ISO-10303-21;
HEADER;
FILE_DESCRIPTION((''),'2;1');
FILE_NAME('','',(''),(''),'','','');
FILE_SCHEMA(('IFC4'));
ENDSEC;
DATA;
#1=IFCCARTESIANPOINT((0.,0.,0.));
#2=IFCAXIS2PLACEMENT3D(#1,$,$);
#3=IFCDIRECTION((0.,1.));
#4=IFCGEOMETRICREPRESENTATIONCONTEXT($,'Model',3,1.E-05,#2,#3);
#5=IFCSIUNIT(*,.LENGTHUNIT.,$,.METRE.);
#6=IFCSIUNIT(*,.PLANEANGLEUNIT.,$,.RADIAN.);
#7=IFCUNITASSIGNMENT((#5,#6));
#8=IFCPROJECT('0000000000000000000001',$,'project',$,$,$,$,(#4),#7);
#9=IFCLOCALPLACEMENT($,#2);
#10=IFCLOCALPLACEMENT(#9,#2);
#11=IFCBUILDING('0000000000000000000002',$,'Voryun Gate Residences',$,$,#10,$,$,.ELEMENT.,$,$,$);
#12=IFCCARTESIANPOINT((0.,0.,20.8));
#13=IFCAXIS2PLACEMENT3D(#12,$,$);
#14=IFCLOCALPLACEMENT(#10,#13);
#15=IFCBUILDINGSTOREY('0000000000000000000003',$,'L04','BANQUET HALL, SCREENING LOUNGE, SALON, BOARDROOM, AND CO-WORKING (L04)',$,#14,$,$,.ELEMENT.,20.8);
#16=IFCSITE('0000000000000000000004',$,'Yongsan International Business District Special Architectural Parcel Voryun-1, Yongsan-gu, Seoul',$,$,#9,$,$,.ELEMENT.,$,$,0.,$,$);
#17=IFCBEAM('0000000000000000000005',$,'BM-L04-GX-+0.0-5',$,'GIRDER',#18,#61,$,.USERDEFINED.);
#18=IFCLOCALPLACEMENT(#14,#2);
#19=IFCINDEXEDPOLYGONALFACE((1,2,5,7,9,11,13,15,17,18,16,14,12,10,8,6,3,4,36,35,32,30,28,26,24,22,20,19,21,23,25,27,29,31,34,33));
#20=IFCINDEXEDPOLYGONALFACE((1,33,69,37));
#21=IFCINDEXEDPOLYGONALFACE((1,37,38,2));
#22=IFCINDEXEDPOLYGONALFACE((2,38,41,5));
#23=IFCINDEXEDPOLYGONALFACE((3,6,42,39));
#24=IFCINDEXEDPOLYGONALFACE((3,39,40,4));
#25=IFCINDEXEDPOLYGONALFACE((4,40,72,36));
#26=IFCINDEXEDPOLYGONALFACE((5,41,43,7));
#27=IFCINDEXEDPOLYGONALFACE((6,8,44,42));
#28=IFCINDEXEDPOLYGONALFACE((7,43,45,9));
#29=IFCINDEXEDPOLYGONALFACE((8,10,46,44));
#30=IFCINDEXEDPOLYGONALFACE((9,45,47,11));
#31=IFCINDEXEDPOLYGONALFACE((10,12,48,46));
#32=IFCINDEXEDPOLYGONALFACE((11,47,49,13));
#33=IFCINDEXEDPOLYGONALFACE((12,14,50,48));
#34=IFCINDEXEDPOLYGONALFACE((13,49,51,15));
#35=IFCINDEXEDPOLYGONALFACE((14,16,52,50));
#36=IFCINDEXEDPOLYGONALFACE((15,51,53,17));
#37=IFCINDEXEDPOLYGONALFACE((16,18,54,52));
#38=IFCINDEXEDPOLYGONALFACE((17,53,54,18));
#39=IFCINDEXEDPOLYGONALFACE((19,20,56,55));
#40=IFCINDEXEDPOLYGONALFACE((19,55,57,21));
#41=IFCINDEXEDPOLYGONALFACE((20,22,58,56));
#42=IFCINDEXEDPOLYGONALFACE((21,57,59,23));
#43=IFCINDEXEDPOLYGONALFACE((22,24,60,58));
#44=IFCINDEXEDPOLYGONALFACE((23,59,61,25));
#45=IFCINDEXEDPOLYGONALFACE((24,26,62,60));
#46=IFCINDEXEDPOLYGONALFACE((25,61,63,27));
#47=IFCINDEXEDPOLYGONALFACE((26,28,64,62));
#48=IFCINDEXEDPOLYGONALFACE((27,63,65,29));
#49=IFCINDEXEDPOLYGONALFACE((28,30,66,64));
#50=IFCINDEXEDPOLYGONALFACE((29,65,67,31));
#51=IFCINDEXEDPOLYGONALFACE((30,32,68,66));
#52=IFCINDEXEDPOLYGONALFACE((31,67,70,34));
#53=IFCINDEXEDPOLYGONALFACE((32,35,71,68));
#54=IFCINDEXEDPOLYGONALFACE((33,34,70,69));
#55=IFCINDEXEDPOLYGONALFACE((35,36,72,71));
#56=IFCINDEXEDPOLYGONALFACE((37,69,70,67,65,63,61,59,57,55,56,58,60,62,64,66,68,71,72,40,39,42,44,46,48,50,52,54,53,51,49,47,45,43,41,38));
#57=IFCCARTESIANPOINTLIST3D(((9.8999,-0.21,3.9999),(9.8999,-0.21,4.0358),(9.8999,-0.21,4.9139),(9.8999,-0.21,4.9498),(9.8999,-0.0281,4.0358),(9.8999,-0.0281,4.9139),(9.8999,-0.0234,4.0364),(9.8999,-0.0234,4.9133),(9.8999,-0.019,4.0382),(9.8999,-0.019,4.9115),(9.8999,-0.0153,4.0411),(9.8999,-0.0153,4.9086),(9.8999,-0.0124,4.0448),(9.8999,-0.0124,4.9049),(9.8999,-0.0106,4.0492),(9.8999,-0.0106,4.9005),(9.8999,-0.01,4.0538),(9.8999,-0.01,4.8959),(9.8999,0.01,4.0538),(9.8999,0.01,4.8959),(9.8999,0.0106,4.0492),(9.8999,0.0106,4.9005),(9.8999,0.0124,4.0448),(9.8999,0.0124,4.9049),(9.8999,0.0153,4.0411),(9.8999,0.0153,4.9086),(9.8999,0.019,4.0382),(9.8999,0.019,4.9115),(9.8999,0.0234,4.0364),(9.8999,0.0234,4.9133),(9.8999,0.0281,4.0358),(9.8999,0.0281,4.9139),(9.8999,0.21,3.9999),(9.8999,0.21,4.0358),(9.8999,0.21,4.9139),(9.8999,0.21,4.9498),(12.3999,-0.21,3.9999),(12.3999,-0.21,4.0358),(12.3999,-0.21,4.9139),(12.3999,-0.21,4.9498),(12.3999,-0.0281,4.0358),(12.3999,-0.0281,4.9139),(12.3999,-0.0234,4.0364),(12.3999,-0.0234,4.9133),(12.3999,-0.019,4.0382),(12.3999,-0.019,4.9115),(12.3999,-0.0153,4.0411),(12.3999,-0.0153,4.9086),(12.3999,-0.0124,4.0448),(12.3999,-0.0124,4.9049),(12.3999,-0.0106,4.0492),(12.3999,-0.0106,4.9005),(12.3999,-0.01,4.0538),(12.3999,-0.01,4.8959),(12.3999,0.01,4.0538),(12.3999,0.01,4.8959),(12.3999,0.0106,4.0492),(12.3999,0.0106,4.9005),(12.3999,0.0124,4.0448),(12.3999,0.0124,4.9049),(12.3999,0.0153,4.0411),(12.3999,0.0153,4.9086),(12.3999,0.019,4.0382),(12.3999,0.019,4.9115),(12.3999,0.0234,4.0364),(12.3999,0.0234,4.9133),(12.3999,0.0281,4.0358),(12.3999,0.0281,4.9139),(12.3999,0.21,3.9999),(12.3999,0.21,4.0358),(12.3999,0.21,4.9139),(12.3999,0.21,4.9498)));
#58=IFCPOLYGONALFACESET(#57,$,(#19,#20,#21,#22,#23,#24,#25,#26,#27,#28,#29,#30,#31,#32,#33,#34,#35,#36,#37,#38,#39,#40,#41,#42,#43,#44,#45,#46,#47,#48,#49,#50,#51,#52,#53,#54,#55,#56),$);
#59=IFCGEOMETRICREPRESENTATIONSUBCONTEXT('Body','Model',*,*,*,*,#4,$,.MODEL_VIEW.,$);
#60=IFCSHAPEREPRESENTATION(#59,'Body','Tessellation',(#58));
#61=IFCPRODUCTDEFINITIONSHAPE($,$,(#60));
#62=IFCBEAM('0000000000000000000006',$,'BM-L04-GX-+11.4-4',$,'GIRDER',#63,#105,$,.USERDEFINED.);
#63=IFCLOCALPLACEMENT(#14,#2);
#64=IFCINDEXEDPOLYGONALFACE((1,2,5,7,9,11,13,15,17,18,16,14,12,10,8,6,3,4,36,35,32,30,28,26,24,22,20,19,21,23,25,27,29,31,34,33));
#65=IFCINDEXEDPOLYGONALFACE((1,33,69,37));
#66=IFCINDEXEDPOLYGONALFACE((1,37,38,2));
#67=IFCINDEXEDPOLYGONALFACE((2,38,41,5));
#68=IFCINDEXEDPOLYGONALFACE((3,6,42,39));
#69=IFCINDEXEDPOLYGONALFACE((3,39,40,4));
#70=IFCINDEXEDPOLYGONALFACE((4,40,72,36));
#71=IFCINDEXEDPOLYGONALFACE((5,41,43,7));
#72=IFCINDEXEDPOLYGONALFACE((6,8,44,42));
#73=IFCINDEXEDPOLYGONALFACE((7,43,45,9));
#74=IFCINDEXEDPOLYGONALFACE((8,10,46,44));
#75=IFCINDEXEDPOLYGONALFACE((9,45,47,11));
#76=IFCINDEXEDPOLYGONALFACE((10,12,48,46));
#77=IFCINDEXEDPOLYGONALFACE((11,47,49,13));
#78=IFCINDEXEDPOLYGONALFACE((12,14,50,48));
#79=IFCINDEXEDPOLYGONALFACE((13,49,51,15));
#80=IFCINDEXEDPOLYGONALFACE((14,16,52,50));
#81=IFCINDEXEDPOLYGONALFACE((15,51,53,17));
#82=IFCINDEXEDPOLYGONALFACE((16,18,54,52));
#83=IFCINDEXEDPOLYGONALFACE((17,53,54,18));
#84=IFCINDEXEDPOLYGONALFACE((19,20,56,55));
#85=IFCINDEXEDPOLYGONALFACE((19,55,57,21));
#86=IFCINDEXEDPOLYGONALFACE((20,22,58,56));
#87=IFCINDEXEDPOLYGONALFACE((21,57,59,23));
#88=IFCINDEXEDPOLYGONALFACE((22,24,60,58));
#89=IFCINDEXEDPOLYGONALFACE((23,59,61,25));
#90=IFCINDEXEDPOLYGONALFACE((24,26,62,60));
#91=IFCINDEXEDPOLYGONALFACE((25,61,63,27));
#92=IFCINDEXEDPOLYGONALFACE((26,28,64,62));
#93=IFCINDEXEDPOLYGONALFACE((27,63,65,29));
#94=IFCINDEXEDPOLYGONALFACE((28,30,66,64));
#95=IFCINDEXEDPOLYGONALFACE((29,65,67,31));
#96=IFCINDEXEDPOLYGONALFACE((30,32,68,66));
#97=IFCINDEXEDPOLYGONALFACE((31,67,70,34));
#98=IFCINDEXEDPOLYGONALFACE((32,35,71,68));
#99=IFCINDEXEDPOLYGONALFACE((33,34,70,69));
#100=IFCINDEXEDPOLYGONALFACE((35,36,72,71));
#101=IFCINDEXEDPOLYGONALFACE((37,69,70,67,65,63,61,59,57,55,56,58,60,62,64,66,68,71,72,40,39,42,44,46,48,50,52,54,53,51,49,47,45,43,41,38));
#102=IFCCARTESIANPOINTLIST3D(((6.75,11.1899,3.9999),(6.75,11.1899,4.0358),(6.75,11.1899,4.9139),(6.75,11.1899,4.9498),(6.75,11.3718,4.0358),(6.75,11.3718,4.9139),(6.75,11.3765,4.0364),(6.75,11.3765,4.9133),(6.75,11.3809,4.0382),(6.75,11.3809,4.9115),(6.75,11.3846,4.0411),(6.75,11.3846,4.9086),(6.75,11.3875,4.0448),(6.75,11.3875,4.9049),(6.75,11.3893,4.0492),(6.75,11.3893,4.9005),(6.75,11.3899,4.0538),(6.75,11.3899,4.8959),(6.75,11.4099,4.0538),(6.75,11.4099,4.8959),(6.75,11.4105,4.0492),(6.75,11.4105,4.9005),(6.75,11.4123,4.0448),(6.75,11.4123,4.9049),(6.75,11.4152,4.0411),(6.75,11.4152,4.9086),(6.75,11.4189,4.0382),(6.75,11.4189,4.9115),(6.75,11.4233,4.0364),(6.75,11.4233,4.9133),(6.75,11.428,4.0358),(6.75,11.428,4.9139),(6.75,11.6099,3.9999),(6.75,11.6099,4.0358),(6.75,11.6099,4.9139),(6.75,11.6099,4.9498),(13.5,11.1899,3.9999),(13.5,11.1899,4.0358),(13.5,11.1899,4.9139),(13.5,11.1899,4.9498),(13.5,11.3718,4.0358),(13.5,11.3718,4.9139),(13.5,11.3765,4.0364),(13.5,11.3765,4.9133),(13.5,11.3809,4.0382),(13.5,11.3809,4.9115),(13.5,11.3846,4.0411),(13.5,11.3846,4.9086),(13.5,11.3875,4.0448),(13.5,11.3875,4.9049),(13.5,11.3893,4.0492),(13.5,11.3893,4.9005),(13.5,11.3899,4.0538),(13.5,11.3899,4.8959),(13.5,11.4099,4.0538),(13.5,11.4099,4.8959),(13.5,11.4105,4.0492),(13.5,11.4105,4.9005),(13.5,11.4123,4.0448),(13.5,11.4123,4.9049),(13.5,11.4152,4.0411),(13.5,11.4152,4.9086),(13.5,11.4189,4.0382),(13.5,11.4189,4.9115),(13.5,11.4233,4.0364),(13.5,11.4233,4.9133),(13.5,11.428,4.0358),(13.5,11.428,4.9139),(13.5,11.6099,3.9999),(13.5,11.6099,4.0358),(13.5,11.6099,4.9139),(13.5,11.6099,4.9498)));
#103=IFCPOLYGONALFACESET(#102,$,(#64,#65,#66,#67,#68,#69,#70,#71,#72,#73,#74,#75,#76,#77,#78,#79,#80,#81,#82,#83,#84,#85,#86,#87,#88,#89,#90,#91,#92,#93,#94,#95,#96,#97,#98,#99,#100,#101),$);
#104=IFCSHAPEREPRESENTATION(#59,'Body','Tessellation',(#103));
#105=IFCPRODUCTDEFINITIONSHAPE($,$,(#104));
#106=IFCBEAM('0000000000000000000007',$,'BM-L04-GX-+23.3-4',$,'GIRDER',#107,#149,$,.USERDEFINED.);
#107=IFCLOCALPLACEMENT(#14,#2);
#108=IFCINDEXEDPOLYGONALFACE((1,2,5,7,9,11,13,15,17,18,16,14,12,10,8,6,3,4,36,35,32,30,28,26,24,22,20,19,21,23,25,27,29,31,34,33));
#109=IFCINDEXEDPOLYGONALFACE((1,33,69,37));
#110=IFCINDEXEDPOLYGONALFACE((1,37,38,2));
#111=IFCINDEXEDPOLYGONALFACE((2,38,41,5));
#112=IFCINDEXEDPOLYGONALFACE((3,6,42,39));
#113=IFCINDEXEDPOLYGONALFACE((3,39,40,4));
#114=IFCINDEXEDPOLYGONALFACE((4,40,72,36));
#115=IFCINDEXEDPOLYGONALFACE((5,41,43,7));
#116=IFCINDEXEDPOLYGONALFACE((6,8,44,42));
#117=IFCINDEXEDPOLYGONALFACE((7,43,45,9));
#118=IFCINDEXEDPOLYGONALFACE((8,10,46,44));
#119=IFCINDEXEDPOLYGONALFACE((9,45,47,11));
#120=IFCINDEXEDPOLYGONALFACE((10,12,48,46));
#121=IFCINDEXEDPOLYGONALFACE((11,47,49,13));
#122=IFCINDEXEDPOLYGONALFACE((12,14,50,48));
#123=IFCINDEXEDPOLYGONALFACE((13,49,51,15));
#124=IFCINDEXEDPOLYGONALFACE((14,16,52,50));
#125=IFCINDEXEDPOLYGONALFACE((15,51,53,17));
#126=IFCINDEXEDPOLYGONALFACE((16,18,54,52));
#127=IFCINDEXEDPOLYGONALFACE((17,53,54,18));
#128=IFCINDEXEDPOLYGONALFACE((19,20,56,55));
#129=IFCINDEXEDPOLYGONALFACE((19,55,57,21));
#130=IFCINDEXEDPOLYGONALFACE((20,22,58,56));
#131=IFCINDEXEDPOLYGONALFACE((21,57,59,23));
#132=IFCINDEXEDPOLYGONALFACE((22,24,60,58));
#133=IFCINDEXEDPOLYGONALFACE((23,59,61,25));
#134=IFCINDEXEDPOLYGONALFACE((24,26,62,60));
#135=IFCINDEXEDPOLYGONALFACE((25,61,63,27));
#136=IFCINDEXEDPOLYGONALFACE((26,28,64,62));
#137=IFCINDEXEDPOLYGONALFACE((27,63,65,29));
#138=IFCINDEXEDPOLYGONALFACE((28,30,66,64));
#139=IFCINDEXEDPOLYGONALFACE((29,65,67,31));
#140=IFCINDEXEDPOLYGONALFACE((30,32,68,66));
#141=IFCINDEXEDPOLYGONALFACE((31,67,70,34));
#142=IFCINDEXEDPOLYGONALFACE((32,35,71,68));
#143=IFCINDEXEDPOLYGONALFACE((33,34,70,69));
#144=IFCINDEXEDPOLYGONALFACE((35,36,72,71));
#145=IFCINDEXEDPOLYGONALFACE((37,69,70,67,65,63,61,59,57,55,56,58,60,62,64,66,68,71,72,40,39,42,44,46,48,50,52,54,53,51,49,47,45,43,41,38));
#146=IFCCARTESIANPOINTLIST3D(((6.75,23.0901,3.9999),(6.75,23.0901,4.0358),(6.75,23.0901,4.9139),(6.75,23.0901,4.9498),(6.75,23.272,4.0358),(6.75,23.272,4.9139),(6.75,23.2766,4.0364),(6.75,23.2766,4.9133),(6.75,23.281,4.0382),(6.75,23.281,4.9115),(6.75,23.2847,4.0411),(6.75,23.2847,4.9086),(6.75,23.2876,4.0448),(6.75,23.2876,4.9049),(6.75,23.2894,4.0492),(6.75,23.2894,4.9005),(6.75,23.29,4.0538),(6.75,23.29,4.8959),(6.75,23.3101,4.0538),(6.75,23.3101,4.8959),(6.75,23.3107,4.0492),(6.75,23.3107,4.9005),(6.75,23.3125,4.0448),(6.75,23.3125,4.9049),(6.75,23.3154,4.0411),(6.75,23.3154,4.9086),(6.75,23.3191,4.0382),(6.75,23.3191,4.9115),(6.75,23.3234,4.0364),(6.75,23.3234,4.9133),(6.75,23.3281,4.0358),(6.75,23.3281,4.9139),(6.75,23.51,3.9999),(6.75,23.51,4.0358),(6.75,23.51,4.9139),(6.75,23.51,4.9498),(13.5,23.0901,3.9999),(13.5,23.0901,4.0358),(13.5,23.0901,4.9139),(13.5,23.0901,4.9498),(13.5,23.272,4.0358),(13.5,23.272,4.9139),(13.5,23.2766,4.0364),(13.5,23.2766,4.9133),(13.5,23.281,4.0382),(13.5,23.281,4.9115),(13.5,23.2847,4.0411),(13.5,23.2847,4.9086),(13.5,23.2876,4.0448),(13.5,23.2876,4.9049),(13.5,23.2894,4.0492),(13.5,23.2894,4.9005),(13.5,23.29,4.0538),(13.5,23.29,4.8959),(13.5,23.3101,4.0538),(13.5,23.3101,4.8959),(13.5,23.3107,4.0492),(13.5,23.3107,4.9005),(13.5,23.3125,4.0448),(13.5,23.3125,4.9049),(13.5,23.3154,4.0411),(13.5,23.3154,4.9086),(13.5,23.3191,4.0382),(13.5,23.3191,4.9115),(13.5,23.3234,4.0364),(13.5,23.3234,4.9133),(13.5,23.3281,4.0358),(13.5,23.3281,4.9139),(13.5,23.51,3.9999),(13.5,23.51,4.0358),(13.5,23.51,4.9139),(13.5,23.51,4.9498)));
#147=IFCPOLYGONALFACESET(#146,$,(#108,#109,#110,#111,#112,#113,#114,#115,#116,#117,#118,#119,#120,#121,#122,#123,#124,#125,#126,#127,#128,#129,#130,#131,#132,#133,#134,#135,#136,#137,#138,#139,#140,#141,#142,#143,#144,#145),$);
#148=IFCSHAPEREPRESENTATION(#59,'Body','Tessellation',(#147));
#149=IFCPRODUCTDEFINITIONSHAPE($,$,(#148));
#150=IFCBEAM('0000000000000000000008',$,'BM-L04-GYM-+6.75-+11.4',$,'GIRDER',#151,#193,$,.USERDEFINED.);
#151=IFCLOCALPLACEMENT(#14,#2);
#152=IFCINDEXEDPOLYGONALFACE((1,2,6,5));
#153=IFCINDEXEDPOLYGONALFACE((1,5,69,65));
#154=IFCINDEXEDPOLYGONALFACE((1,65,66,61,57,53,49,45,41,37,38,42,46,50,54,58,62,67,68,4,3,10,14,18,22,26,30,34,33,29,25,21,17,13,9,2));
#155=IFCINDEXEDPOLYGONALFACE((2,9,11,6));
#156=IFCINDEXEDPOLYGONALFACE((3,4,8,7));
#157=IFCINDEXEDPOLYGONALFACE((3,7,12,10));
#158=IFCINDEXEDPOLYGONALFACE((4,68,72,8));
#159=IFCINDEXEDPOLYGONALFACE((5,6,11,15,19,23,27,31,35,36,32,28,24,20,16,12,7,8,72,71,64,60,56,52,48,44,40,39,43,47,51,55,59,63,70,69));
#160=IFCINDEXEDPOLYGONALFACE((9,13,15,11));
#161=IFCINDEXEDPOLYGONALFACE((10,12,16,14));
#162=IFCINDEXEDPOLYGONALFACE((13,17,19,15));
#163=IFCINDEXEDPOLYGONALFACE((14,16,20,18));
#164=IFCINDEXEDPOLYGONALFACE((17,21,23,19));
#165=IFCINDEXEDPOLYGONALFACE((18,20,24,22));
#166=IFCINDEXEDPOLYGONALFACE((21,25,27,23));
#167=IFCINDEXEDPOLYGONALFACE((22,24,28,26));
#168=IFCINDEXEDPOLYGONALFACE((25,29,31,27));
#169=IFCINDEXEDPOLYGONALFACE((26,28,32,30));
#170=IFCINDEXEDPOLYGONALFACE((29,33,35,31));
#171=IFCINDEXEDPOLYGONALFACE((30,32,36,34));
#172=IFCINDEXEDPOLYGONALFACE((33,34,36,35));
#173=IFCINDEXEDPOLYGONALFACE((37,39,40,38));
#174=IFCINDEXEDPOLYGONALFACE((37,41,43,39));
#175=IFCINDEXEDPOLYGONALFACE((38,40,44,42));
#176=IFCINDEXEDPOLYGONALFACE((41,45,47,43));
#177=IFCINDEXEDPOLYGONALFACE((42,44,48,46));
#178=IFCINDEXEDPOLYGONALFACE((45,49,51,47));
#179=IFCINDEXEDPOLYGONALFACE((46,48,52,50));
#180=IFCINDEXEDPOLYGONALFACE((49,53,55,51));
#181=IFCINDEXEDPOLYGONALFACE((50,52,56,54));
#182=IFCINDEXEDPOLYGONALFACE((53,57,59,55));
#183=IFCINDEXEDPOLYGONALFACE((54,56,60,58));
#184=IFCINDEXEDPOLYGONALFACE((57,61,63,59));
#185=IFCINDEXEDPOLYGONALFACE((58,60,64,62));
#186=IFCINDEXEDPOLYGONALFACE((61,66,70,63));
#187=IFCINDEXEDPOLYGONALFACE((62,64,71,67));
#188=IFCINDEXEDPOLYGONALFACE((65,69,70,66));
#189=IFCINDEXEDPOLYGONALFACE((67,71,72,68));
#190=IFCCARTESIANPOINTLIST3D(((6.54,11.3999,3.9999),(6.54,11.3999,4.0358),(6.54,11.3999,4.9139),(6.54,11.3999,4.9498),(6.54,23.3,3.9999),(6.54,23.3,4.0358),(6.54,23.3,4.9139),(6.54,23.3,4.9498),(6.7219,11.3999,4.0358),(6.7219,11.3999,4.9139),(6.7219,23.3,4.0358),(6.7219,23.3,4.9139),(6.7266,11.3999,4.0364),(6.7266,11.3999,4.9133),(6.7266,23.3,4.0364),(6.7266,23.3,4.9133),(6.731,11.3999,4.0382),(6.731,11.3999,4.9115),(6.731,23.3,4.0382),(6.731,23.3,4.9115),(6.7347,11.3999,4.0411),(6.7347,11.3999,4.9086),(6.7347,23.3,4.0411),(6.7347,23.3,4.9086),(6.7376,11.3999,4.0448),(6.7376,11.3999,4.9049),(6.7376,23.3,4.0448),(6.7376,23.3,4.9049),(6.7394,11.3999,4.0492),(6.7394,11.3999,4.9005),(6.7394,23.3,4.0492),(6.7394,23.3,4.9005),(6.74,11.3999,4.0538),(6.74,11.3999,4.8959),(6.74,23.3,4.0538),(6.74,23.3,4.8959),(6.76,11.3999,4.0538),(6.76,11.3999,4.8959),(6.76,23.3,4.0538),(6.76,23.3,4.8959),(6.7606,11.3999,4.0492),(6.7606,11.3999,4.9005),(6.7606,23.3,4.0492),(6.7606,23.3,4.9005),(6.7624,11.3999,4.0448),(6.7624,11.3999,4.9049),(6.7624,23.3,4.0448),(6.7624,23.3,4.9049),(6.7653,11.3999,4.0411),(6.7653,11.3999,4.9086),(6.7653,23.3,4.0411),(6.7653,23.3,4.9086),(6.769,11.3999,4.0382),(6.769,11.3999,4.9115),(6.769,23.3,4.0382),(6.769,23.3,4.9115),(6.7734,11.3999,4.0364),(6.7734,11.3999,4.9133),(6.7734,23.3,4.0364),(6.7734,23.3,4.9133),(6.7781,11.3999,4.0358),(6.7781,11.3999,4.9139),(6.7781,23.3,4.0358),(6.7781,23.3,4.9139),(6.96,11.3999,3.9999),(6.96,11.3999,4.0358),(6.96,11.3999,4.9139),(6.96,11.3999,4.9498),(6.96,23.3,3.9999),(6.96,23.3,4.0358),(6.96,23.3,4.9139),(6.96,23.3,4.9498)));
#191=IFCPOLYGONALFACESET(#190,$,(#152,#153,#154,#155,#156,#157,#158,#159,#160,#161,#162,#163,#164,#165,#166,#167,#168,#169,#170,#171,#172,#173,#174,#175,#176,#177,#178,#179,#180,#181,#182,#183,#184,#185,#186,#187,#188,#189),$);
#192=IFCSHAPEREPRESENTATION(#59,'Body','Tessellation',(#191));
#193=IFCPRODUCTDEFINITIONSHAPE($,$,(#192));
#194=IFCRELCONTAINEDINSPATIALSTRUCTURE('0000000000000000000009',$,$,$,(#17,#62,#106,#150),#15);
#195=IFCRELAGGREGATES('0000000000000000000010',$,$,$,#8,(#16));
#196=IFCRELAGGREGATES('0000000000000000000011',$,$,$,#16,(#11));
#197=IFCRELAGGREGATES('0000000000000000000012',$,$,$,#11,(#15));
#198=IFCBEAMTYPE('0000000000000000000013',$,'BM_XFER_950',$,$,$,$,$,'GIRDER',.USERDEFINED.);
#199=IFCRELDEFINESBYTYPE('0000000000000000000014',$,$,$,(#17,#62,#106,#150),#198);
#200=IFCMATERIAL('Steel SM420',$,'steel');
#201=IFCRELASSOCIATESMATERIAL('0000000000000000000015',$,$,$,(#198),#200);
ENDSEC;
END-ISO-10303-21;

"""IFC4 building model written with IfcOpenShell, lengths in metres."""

from ifc_helpers import new_model, si_unit, direction, frame, origin, origin_2d, place, context, subcontext, project, spatial, i_section, extrude, material, material_profile, profile_set, type_object, element, save


model = new_model("IFC4")

# Units and contexts
model_context = context("Model", 3, precision=1e-05, world=origin(), true_north=direction((0.0, 1.0)))
body_context = subcontext(model_context, "Body", "Model", "MODEL_VIEW")
ifc_project = project(units=[si_unit("LENGTHUNIT", "METRE"), si_unit("PLANEANGLEUNIT", "RADIAN")], contexts=[model_context])

# Site, building, storey
site_placement = place(None, origin())
site = spatial("IfcSite", under=ifc_project, at=site_placement, Name="Yongsan International Business District Special Architectural Parcel Voryun-1, Yongsan-gu, Seoul", CompositionType="ELEMENT", RefElevation=0.0)
building_placement = place(site_placement, origin())
building = spatial("IfcBuilding", under=site, at=building_placement, Name="Voryun Gate Residences", CompositionType="ELEMENT")
storey_placement = place(building_placement, frame((0.0, 0.0, 20.8)))
storey = spatial("IfcBuildingStorey", under=building, at=storey_placement, Name="L04", Description="BANQUET HALL, SCREENING LOUNGE, SALON, BOARDROOM, AND CO-WORKING (L04)", CompositionType="ELEMENT", Elevation=20.8)

# Beams
ifc_material_1 = material(Name="Steel SM420", Category="steel")
ifc_material_profile_1 = material_profile(ifc_material_1, i_section(OverallWidth=0.4199, OverallDepth=0.95, WebThickness=0.02, FlangeThickness=0.0359, FilletRadius=0.0181, at=origin_2d()), Name="H-950x420x20x36")
ifc_profile_set_1 = profile_set([ifc_material_profile_1], Name="Steel SM420")
beam_type_1 = type_object("IfcBeamType", Name="BM_XFER_950", ElementType="GIRDER", PredefinedType="USERDEFINED", material=ifc_profile_set_1)
beam_1_placement = place(storey_placement, frame((9.8999, 0.0, 4.4749), z_axis=(1.0, 0.0, 0.0), x_axis=(0.0, 1.0, 0.0)))
element("IfcBeam", 1, at=beam_1_placement, inside=storey, type_object=beam_type_1, Name="BM-L04-GX-+0.0-5", ObjectType="GIRDER", PredefinedType="USERDEFINED", context=body_context, shape_type="SweptSolid", body=[
    extrude(i_section(OverallWidth=0.4199, OverallDepth=0.95, WebThickness=0.02, FlangeThickness=0.0359, FilletRadius=0.0181, at=origin_2d()), origin(), (0.0, 0.0, 1.0), 2.5),
])
for number, where, z_axis, x_axis, name in (
    (2, (6.75, 11.3999, 4.4749), (1.0, 0.0, 0.0), (0.0, 1.0, 0.0), "BM-L04-GX-+11.4-4"),
    (3, (6.75, 23.3, 4.4749), (1.0, 0.0, 0.0), (0.0, 1.0, 0.0), "BM-L04-GX-+23.3-4"),
):
    element("IfcBeam", number, at=place(storey_placement, frame(where, z_axis=z_axis, x_axis=x_axis)), inside=storey, type_object=beam_type_1, Name=name, ObjectType="GIRDER", PredefinedType="USERDEFINED", context=body_context, shape_type="SweptSolid", body=[
        extrude(i_section(OverallWidth=0.4199, OverallDepth=0.95, WebThickness=0.02, FlangeThickness=0.0359, FilletRadius=0.0181, at=origin_2d()), origin(), (0.0, 0.0, 1.0), 6.75),
    ])
beam_2_placement = place(storey_placement, frame((6.75, 11.3999, 4.4749), z_axis=(0.0, 1.0, 0.0), x_axis=(-1.0, 0.0, 0.0)))
element("IfcBeam", 4, at=beam_2_placement, inside=storey, type_object=beam_type_1, Name="BM-L04-GYM-+6.75-+11.4", ObjectType="GIRDER", PredefinedType="USERDEFINED", context=body_context, shape_type="SweptSolid", body=[
    extrude(i_section(OverallWidth=0.4199, OverallDepth=0.95, WebThickness=0.02, FlangeThickness=0.0359, FilletRadius=0.0181, at=origin_2d()), origin(), (0.0, 0.0, 1.0), 11.9001),
])

save(model, "model.ifc")
